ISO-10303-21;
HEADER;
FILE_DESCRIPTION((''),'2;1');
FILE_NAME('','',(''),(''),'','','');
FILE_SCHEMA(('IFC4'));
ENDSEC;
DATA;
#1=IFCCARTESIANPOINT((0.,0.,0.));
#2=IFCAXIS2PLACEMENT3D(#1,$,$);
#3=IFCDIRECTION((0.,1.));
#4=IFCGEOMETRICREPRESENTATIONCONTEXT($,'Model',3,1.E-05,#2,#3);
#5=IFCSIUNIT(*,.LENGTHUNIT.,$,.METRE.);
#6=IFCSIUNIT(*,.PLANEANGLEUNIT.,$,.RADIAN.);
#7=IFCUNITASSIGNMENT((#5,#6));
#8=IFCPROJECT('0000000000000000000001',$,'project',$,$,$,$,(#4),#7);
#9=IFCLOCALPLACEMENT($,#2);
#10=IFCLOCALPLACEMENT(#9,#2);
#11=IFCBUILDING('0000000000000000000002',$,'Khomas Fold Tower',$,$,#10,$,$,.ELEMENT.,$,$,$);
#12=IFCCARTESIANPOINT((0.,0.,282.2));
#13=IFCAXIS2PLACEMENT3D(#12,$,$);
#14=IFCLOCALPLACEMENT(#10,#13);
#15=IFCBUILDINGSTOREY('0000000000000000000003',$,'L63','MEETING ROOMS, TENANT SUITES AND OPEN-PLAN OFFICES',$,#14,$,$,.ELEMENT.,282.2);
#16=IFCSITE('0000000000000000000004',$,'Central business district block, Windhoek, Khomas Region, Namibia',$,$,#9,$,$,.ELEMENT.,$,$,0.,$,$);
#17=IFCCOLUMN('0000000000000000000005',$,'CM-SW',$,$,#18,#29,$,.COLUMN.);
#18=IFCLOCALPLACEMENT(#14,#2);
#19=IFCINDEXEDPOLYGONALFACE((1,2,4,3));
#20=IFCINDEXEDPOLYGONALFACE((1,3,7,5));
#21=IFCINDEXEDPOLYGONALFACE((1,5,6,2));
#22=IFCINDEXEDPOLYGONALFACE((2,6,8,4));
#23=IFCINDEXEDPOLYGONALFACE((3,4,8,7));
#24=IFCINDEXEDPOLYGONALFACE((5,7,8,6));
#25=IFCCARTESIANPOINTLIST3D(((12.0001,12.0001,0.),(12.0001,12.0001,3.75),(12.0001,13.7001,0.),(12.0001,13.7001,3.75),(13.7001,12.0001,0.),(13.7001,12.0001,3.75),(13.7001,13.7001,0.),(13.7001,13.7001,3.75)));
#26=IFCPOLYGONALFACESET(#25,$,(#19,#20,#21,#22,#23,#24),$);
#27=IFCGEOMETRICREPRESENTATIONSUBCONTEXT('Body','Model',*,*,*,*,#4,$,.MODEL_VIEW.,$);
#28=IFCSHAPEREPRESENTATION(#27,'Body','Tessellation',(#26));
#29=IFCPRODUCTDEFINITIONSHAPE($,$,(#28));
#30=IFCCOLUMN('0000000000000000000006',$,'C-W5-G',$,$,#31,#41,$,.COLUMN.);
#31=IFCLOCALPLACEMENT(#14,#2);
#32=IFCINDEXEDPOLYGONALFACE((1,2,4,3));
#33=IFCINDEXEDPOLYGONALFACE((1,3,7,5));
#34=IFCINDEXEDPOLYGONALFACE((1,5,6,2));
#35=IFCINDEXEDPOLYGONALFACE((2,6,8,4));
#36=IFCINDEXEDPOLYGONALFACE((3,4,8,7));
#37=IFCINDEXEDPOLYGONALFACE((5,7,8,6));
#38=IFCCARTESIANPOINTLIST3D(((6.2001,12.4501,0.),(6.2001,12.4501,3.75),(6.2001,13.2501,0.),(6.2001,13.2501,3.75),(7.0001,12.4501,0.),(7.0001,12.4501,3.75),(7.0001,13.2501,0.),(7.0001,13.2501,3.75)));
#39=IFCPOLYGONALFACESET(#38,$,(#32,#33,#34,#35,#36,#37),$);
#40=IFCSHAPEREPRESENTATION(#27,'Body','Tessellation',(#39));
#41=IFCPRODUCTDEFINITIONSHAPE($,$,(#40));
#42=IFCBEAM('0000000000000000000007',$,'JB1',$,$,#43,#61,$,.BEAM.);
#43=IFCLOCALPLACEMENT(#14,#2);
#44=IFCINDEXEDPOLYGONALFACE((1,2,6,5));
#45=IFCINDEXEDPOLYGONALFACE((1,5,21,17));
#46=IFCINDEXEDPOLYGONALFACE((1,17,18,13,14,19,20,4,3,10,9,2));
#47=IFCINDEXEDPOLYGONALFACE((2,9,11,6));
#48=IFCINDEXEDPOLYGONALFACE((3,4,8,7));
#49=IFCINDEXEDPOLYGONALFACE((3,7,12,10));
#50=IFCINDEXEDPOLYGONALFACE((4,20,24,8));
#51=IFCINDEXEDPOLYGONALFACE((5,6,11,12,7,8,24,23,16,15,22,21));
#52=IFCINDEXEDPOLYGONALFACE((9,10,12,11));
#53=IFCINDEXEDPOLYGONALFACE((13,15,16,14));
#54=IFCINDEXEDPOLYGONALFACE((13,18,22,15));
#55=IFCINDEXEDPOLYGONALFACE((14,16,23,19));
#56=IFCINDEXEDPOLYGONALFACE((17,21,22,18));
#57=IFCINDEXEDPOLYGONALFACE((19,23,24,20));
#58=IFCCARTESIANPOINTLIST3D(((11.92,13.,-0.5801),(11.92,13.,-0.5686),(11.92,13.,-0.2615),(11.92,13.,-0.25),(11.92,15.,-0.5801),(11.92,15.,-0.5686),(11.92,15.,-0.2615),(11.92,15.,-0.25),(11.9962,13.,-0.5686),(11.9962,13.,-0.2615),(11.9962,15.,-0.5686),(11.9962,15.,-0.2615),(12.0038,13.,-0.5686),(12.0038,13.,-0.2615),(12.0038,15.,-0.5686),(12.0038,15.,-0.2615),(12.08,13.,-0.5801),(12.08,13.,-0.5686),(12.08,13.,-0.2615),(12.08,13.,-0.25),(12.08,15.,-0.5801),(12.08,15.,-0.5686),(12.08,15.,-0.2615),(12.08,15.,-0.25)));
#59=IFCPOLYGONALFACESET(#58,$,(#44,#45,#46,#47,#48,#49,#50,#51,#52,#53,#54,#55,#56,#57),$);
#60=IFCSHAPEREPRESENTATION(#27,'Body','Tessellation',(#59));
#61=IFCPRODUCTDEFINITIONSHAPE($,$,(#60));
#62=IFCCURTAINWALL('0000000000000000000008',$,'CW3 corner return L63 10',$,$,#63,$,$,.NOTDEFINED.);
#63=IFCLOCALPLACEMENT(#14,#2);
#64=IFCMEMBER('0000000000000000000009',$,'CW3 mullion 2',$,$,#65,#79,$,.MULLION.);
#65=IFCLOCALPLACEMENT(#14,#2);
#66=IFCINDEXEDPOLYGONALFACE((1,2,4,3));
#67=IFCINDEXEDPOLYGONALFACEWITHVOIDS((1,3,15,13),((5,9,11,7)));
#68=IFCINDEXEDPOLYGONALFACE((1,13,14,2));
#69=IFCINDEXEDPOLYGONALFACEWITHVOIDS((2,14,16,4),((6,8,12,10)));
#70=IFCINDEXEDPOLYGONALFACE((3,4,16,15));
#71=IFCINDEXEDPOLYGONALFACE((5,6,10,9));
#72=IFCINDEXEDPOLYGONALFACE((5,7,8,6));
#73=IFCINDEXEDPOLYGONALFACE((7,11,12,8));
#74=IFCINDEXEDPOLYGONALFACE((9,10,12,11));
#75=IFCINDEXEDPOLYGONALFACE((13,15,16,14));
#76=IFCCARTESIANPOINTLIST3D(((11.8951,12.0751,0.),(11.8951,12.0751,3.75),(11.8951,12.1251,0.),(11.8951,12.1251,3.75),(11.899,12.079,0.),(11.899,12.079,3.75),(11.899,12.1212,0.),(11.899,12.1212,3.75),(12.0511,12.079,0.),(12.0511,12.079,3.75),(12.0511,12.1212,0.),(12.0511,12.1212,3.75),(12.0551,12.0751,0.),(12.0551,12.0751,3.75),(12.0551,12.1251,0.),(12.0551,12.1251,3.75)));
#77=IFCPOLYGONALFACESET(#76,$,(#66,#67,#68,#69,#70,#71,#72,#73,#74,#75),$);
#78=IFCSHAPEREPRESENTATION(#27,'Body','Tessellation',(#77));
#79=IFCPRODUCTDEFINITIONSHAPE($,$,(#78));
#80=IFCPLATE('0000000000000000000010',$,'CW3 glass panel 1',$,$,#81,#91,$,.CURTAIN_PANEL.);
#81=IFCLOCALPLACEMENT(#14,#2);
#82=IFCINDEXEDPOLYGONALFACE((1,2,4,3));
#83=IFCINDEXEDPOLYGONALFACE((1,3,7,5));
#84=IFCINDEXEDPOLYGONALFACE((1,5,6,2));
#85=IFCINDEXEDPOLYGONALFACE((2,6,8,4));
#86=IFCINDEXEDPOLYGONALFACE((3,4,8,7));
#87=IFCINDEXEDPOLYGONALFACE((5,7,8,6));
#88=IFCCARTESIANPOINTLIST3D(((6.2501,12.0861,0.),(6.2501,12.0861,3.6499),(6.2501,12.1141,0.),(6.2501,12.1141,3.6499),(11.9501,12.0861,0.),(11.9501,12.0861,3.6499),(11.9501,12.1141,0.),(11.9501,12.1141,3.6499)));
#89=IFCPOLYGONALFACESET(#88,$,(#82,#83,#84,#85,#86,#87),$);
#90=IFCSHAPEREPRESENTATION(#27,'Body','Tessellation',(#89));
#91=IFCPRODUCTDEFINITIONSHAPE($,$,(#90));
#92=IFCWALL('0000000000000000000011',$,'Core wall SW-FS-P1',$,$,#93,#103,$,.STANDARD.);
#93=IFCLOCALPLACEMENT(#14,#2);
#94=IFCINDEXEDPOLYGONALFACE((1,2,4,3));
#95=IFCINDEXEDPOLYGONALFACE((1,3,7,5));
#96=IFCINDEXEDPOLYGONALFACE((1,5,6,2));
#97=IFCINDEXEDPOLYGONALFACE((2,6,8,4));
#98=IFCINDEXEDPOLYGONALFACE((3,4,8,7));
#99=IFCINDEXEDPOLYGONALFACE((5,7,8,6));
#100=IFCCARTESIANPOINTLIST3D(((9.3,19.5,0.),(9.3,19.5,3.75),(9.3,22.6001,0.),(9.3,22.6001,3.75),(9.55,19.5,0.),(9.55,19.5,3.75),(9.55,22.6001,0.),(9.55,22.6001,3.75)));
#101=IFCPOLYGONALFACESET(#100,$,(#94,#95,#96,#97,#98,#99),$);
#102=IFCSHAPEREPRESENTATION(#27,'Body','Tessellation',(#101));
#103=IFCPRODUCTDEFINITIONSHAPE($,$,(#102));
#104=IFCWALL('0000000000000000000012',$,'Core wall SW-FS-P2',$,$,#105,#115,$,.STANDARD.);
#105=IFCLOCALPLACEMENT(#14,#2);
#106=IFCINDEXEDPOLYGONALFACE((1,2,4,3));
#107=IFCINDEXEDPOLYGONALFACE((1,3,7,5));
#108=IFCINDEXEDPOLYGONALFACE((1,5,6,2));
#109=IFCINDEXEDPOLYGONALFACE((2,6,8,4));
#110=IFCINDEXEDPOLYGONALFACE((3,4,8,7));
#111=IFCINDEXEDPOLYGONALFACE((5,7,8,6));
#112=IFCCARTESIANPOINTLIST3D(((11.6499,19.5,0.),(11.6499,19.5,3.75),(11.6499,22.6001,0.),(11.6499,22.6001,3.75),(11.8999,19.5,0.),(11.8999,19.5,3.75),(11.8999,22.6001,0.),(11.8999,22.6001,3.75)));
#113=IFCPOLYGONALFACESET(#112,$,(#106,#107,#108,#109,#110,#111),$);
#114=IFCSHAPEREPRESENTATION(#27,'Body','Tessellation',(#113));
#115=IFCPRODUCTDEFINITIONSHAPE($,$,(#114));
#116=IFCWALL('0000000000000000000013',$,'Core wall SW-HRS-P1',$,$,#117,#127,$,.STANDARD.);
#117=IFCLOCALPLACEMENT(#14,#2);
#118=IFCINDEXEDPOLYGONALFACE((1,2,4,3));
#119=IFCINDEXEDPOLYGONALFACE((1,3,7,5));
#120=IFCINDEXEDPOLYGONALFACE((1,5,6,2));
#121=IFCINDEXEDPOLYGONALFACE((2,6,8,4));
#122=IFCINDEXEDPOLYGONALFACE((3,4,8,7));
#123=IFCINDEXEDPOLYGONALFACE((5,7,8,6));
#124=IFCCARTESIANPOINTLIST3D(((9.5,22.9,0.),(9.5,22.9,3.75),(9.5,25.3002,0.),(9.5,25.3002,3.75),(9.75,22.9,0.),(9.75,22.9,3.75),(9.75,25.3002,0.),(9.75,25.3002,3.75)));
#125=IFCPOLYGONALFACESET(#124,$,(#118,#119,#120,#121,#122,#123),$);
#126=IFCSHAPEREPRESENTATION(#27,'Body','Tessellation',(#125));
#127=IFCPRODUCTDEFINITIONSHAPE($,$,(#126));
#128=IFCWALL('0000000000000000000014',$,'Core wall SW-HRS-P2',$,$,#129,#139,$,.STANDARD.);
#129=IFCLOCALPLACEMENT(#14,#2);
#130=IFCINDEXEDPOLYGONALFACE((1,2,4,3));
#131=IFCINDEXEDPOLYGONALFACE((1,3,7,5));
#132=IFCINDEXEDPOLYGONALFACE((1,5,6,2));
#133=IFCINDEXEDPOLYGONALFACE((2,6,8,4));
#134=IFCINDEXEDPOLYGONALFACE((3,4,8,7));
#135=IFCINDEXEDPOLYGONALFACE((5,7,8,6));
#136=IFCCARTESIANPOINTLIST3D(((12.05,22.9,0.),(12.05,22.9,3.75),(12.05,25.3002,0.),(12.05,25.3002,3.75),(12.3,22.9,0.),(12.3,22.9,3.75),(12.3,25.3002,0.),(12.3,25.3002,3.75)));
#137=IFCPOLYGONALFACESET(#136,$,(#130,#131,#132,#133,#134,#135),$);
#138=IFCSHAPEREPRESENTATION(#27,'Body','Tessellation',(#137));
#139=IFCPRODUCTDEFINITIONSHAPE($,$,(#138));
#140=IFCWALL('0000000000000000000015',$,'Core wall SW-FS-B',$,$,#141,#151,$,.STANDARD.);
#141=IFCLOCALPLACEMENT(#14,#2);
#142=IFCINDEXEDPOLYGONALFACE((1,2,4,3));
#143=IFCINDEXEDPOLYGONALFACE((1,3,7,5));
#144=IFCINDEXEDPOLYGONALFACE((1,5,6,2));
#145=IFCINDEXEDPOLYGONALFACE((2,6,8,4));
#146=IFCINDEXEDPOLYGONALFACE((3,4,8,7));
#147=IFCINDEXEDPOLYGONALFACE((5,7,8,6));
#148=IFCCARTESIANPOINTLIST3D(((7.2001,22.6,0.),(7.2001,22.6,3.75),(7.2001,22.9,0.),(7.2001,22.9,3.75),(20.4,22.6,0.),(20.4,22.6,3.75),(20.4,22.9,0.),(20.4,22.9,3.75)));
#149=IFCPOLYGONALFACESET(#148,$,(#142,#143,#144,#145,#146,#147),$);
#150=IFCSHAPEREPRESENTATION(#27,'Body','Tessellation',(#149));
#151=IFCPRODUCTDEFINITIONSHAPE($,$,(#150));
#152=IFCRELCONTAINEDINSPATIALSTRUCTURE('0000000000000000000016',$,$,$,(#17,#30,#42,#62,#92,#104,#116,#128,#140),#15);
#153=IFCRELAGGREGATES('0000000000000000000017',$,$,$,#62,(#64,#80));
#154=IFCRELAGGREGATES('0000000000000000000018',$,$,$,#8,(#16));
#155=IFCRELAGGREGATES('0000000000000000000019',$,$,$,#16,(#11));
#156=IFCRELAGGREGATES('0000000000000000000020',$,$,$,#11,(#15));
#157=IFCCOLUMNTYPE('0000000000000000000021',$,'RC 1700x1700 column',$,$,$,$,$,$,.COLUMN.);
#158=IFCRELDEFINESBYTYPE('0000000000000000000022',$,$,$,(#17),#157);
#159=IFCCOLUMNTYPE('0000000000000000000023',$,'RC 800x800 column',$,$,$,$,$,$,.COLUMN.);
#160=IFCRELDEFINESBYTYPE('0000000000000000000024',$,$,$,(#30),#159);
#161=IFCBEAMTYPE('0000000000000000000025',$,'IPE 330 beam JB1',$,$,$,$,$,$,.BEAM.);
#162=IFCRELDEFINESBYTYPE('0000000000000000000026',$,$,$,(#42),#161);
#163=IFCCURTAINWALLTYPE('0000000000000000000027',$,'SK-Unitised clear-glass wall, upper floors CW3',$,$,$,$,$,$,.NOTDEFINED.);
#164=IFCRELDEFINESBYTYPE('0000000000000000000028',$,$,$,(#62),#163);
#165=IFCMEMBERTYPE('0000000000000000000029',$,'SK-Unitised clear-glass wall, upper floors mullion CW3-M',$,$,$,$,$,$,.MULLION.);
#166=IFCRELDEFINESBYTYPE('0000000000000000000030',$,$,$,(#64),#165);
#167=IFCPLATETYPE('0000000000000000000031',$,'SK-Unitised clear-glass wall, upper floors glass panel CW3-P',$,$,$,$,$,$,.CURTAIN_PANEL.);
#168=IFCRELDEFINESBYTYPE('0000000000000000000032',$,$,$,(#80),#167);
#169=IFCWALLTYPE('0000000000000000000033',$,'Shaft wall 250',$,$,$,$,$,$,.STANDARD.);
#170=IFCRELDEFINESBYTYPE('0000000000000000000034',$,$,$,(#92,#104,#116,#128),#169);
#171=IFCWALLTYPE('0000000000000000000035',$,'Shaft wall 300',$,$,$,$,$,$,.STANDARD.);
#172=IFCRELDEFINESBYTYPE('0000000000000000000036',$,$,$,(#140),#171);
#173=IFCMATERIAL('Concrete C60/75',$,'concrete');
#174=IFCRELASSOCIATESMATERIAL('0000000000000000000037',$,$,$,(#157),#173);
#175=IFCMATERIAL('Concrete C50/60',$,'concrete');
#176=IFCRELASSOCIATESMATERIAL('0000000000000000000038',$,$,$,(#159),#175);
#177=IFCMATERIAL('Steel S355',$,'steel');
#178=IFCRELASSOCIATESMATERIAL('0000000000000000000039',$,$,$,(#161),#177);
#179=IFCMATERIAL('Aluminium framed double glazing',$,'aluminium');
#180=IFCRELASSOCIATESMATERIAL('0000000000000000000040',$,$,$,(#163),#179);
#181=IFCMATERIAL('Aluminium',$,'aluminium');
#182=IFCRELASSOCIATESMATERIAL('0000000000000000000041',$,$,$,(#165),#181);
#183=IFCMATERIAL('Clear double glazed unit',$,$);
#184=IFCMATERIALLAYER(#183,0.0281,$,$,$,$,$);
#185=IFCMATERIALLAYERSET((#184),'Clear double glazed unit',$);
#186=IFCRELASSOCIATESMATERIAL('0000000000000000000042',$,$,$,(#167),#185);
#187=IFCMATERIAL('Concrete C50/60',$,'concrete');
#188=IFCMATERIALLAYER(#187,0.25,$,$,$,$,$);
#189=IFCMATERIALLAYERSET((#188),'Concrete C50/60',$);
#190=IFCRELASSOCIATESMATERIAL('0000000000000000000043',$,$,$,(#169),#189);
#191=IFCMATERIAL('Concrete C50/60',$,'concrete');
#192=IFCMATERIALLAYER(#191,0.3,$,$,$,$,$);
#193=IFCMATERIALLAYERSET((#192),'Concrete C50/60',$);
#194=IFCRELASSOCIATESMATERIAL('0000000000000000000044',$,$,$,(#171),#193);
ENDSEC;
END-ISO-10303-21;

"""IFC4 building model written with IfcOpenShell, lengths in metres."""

from ifc_helpers import new_model, si_unit, direction, frame, frame_2d, origin, origin_2d, place, context, subcontext, project, spatial, rectangle, hollow_rectangle, i_section, extrude, source, transform, mapped, material, layer, layer_set, material_profile, profile_set, type_object, element, aggregate, save


model = new_model("IFC4")

# Units and contexts
model_context = context("Model", 3, precision=1e-05, world=origin(), true_north=direction((0.0, 1.0)))
body_context = subcontext(model_context, "Body", "Model", "MODEL_VIEW")
ifc_project = project(units=[si_unit("LENGTHUNIT", "METRE"), si_unit("PLANEANGLEUNIT", "RADIAN")], contexts=[model_context])

# Site, building, storey
site_placement = place(None, origin())
site = spatial("IfcSite", under=ifc_project, at=site_placement, Name="Central business district block, Windhoek, Khomas Region, Namibia", CompositionType="ELEMENT", RefElevation=0.0)
building_placement = place(site_placement, origin())
building = spatial("IfcBuilding", under=site, at=building_placement, Name="Khomas Fold Tower", CompositionType="ELEMENT")
storey_placement = place(building_placement, frame((0.0, 0.0, 282.2)))
storey = spatial("IfcBuildingStorey", under=building, at=storey_placement, Name="L63", Description="MEETING ROOMS, TENANT SUITES AND OPEN-PLAN OFFICES", CompositionType="ELEMENT", Elevation=282.2)

# Columns
ifc_material_1 = material(Name="Concrete C60/75", Category="concrete")
ifc_material_profile_1 = material_profile(ifc_material_1, rectangle(XDim=1.7, YDim=1.7, at=origin_2d()), Name="RC 1700x1700")
ifc_profile_set_1 = profile_set([ifc_material_profile_1], Name="Concrete C60/75")
column_type_1 = type_object("IfcColumnType", Name="RC 1700x1700 column", PredefinedType="COLUMN", material=ifc_profile_set_1)
shared_shape_1 = source(origin(), body_context, "Body", "SweptSolid", [
    extrude(rectangle(XDim=1.7, YDim=1.7, at=origin_2d()), origin(), (0.0, 0.0, 1.0), 3.75),
])
column_1_placement = place(storey_placement, frame((12.8501, 12.8501, 0.0), z_axis=(0.0, 0.0, 1.0), x_axis=(1.0, 0.0, 0.0)))
element("IfcColumn", 1, at=column_1_placement, inside=storey, type_object=column_type_1, Name="CM-SW", PredefinedType="COLUMN", context=body_context, shape_type="MappedRepresentation", body=[
    mapped(shared_shape_1, transform((0.0, 0.0, 0.0))),
])
ifc_material_2 = material(Name="Concrete C50/60", Category="concrete")
ifc_material_profile_2 = material_profile(ifc_material_2, rectangle(XDim=0.8, YDim=0.8, at=origin_2d()), Name="RC 800x800")
ifc_profile_set_2 = profile_set([ifc_material_profile_2], Name="Concrete C50/60")
column_type_2 = type_object("IfcColumnType", Name="RC 800x800 column", PredefinedType="COLUMN", material=ifc_profile_set_2)
shared_shape_2 = source(origin(), body_context, "Body", "SweptSolid", [
    extrude(rectangle(XDim=0.8, YDim=0.8, at=origin_2d()), origin(), (0.0, 0.0, 1.0), 3.75),
])
column_2_placement = place(storey_placement, frame((6.6001, 12.8501, 0.0), z_axis=(0.0, 0.0, 1.0), x_axis=(1.0, 0.0, 0.0)))
element("IfcColumn", 2, at=column_2_placement, inside=storey, type_object=column_type_2, Name="C-W5-G", PredefinedType="COLUMN", context=body_context, shape_type="MappedRepresentation", body=[
    mapped(shared_shape_2, transform((0.0, 0.0, 0.0))),
])

# Beam
ifc_material_3 = material(Name="Steel S355", Category="steel")
ifc_material_profile_3 = material_profile(ifc_material_3, i_section(OverallWidth=0.1599, OverallDepth=0.3301, WebThickness=0.0076, FlangeThickness=0.0115, at=origin_2d()), Name="IPE 330")
ifc_profile_set_3 = profile_set([ifc_material_profile_3], Name="Steel S355")
beam_type = type_object("IfcBeamType", Name="IPE 330 beam JB1", PredefinedType="BEAM", material=ifc_profile_set_3)
shared_shape_3 = source(origin(), body_context, "Body", "SweptSolid", [
    extrude(i_section(OverallWidth=0.1599, OverallDepth=0.3301, WebThickness=0.0076, FlangeThickness=0.0115, at=origin_2d()), origin(), (0.0, 0.0, 1.0), 2.0),
])
beam_placement = place(storey_placement, frame((12.0, 13.0, -0.415), z_axis=(0.0, 1.0, 0.0), x_axis=(-1.0, 0.0, 0.0)))
element("IfcBeam", 3, at=beam_placement, inside=storey, type_object=beam_type, Name="JB1", PredefinedType="BEAM", context=body_context, shape_type="MappedRepresentation", body=[
    mapped(shared_shape_3, transform((0.0, 0.0, 0.0))),
])

# Curtain wall, member, plate
ifc_material_4 = material(Name="Aluminium framed double glazing", Category="aluminium")
curtain_wall_type = type_object("IfcCurtainWallType", Name="SK-Unitised clear-glass wall, upper floors CW3", PredefinedType="NOTDEFINED", material=ifc_material_4)
curtain_wall_placement = place(storey_placement, origin())
curtain_wall = element("IfcCurtainWall", 4, at=curtain_wall_placement, inside=storey, type_object=curtain_wall_type, Name="CW3 corner return L63 10", PredefinedType="NOTDEFINED")
ifc_material_5 = material(Name="Aluminium", Category="aluminium")
ifc_material_profile_4 = material_profile(ifc_material_5, hollow_rectangle(XDim=0.05, YDim=0.1599, WallThickness=0.0039, at=origin_2d()), Name="SK-Unitised clear-glass wall, upper floors mullion CW3-M")
ifc_profile_set_4 = profile_set([ifc_material_profile_4], Name="Aluminium")
member_type = type_object("IfcMemberType", Name="SK-Unitised clear-glass wall, upper floors mullion CW3-M", PredefinedType="MULLION", material=ifc_profile_set_4)
shared_shape_4 = source(origin(), body_context, "Body", "SweptSolid", [
    extrude(hollow_rectangle(XDim=0.05, YDim=0.1599, WallThickness=0.0039, at=origin_2d()), origin(), (0.0, 0.0, 1.0), 3.75),
])
member_placement = place(storey_placement, frame((11.9751, 12.1001, 0.0), z_axis=(0.0, 0.0, 1.0), x_axis=(0.0, 1.0, 0.0)))
member = element("IfcMember", 5, at=member_placement, type_object=member_type, Name="CW3 mullion 2", PredefinedType="MULLION", context=body_context, shape_type="MappedRepresentation", body=[
    mapped(shared_shape_4, transform((0.0, 0.0, 0.0))),
])
ifc_material_6 = material(Name="Clear double glazed unit")
ifc_layer_1 = layer(ifc_material_6, 0.0281)
ifc_layer_set_1 = layer_set([ifc_layer_1], Name="Clear double glazed unit")
plate_type = type_object("IfcPlateType", Name="SK-Unitised clear-glass wall, upper floors glass panel CW3-P", PredefinedType="CURTAIN_PANEL", material=ifc_layer_set_1)
shared_shape_5 = source(origin(), body_context, "Body", "SweptSolid", [
    extrude(rectangle(XDim=5.7, YDim=0.0281, at=origin_2d()), origin(), (0.0, 0.0, 1.0), 3.6499),
])
plate_placement = place(storey_placement, frame((9.1001, 12.1001, 0.0), z_axis=(0.0, 0.0, 1.0), x_axis=(1.0, 0.0, 0.0)))
plate = element("IfcPlate", 6, at=plate_placement, type_object=plate_type, Name="CW3 glass panel 1", PredefinedType="CURTAIN_PANEL", context=body_context, shape_type="MappedRepresentation", body=[
    mapped(shared_shape_5, transform((0.0, 0.0, 0.0))),
])
aggregate(curtain_wall, [member, plate])

# Walls
ifc_material_7 = material(Name="Concrete C50/60", Category="concrete")
ifc_layer_2 = layer(ifc_material_7, 0.25)
ifc_layer_set_2 = layer_set([ifc_layer_2], Name="Concrete C50/60")
wall_type_1 = type_object("IfcWallType", Name="Shaft wall 250", PredefinedType="STANDARD", material=ifc_layer_set_2)
shared_shape_6 = source(origin(), body_context, "Body", "SweptSolid", [
    extrude(rectangle(XDim=3.1001, YDim=0.25, at=frame_2d((1.55, 0.0))), origin(), (0.0, 0.0, 1.0), 3.75),
])
for number, where, z_axis, x_axis, name in (
    (7, (9.425, 19.5, 0.0), (0.0, 0.0, 1.0), (0.0, 1.0, 0.0), "Core wall SW-FS-P1"),
    (8, (11.7749, 19.5, 0.0), (0.0, 0.0, 1.0), (0.0, 1.0, 0.0), "Core wall SW-FS-P2"),
):
    element("IfcWall", number, at=place(storey_placement, frame(where, z_axis=z_axis, x_axis=x_axis)), inside=storey, type_object=wall_type_1, Name=name, PredefinedType="STANDARD", context=body_context, shape_type="MappedRepresentation", body=[
        mapped(shared_shape_6, transform((0.0, 0.0, 0.0))),
    ])
shared_shape_7 = source(origin(), body_context, "Body", "SweptSolid", [
    extrude(rectangle(XDim=2.4001, YDim=0.25, at=frame_2d((1.2002, 0.0))), origin(), (0.0, 0.0, 1.0), 3.75),
])
for number, where, z_axis, x_axis, name in (
    (9, (9.625, 22.8999, 0.0), (0.0, 0.0, 1.0), (0.0, 1.0, 0.0), "Core wall SW-HRS-P1"),
    (10, (12.175, 22.8999, 0.0), (0.0, 0.0, 1.0), (0.0, 1.0, 0.0), "Core wall SW-HRS-P2"),
):
    element("IfcWall", number, at=place(storey_placement, frame(where, z_axis=z_axis, x_axis=x_axis)), inside=storey, type_object=wall_type_1, Name=name, PredefinedType="STANDARD", context=body_context, shape_type="MappedRepresentation", body=[
        mapped(shared_shape_7, transform((0.0, 0.0, 0.0))),
    ])
ifc_material_8 = material(Name="Concrete C50/60", Category="concrete")
ifc_layer_3 = layer(ifc_material_8, 0.3)
ifc_layer_set_3 = layer_set([ifc_layer_3], Name="Concrete C50/60")
wall_type_2 = type_object("IfcWallType", Name="Shaft wall 300", PredefinedType="STANDARD", material=ifc_layer_set_3)
shared_shape_8 = source(origin(), body_context, "Body", "SweptSolid", [
    extrude(rectangle(XDim=13.2, YDim=0.3, at=frame_2d((6.6001, 0.0))), origin(), (0.0, 0.0, 1.0), 3.75),
])
wall_1_placement = place(storey_placement, frame((7.2, 22.75, 0.0), z_axis=(0.0, 0.0, 1.0), x_axis=(1.0, 0.0, 0.0)))
element("IfcWall", 11, at=wall_1_placement, inside=storey, type_object=wall_type_2, Name="Core wall SW-FS-B", PredefinedType="STANDARD", context=body_context, shape_type="MappedRepresentation", body=[
    mapped(shared_shape_8, transform((0.0, 0.0, 0.0))),
])

save(model, "model.ifc")
